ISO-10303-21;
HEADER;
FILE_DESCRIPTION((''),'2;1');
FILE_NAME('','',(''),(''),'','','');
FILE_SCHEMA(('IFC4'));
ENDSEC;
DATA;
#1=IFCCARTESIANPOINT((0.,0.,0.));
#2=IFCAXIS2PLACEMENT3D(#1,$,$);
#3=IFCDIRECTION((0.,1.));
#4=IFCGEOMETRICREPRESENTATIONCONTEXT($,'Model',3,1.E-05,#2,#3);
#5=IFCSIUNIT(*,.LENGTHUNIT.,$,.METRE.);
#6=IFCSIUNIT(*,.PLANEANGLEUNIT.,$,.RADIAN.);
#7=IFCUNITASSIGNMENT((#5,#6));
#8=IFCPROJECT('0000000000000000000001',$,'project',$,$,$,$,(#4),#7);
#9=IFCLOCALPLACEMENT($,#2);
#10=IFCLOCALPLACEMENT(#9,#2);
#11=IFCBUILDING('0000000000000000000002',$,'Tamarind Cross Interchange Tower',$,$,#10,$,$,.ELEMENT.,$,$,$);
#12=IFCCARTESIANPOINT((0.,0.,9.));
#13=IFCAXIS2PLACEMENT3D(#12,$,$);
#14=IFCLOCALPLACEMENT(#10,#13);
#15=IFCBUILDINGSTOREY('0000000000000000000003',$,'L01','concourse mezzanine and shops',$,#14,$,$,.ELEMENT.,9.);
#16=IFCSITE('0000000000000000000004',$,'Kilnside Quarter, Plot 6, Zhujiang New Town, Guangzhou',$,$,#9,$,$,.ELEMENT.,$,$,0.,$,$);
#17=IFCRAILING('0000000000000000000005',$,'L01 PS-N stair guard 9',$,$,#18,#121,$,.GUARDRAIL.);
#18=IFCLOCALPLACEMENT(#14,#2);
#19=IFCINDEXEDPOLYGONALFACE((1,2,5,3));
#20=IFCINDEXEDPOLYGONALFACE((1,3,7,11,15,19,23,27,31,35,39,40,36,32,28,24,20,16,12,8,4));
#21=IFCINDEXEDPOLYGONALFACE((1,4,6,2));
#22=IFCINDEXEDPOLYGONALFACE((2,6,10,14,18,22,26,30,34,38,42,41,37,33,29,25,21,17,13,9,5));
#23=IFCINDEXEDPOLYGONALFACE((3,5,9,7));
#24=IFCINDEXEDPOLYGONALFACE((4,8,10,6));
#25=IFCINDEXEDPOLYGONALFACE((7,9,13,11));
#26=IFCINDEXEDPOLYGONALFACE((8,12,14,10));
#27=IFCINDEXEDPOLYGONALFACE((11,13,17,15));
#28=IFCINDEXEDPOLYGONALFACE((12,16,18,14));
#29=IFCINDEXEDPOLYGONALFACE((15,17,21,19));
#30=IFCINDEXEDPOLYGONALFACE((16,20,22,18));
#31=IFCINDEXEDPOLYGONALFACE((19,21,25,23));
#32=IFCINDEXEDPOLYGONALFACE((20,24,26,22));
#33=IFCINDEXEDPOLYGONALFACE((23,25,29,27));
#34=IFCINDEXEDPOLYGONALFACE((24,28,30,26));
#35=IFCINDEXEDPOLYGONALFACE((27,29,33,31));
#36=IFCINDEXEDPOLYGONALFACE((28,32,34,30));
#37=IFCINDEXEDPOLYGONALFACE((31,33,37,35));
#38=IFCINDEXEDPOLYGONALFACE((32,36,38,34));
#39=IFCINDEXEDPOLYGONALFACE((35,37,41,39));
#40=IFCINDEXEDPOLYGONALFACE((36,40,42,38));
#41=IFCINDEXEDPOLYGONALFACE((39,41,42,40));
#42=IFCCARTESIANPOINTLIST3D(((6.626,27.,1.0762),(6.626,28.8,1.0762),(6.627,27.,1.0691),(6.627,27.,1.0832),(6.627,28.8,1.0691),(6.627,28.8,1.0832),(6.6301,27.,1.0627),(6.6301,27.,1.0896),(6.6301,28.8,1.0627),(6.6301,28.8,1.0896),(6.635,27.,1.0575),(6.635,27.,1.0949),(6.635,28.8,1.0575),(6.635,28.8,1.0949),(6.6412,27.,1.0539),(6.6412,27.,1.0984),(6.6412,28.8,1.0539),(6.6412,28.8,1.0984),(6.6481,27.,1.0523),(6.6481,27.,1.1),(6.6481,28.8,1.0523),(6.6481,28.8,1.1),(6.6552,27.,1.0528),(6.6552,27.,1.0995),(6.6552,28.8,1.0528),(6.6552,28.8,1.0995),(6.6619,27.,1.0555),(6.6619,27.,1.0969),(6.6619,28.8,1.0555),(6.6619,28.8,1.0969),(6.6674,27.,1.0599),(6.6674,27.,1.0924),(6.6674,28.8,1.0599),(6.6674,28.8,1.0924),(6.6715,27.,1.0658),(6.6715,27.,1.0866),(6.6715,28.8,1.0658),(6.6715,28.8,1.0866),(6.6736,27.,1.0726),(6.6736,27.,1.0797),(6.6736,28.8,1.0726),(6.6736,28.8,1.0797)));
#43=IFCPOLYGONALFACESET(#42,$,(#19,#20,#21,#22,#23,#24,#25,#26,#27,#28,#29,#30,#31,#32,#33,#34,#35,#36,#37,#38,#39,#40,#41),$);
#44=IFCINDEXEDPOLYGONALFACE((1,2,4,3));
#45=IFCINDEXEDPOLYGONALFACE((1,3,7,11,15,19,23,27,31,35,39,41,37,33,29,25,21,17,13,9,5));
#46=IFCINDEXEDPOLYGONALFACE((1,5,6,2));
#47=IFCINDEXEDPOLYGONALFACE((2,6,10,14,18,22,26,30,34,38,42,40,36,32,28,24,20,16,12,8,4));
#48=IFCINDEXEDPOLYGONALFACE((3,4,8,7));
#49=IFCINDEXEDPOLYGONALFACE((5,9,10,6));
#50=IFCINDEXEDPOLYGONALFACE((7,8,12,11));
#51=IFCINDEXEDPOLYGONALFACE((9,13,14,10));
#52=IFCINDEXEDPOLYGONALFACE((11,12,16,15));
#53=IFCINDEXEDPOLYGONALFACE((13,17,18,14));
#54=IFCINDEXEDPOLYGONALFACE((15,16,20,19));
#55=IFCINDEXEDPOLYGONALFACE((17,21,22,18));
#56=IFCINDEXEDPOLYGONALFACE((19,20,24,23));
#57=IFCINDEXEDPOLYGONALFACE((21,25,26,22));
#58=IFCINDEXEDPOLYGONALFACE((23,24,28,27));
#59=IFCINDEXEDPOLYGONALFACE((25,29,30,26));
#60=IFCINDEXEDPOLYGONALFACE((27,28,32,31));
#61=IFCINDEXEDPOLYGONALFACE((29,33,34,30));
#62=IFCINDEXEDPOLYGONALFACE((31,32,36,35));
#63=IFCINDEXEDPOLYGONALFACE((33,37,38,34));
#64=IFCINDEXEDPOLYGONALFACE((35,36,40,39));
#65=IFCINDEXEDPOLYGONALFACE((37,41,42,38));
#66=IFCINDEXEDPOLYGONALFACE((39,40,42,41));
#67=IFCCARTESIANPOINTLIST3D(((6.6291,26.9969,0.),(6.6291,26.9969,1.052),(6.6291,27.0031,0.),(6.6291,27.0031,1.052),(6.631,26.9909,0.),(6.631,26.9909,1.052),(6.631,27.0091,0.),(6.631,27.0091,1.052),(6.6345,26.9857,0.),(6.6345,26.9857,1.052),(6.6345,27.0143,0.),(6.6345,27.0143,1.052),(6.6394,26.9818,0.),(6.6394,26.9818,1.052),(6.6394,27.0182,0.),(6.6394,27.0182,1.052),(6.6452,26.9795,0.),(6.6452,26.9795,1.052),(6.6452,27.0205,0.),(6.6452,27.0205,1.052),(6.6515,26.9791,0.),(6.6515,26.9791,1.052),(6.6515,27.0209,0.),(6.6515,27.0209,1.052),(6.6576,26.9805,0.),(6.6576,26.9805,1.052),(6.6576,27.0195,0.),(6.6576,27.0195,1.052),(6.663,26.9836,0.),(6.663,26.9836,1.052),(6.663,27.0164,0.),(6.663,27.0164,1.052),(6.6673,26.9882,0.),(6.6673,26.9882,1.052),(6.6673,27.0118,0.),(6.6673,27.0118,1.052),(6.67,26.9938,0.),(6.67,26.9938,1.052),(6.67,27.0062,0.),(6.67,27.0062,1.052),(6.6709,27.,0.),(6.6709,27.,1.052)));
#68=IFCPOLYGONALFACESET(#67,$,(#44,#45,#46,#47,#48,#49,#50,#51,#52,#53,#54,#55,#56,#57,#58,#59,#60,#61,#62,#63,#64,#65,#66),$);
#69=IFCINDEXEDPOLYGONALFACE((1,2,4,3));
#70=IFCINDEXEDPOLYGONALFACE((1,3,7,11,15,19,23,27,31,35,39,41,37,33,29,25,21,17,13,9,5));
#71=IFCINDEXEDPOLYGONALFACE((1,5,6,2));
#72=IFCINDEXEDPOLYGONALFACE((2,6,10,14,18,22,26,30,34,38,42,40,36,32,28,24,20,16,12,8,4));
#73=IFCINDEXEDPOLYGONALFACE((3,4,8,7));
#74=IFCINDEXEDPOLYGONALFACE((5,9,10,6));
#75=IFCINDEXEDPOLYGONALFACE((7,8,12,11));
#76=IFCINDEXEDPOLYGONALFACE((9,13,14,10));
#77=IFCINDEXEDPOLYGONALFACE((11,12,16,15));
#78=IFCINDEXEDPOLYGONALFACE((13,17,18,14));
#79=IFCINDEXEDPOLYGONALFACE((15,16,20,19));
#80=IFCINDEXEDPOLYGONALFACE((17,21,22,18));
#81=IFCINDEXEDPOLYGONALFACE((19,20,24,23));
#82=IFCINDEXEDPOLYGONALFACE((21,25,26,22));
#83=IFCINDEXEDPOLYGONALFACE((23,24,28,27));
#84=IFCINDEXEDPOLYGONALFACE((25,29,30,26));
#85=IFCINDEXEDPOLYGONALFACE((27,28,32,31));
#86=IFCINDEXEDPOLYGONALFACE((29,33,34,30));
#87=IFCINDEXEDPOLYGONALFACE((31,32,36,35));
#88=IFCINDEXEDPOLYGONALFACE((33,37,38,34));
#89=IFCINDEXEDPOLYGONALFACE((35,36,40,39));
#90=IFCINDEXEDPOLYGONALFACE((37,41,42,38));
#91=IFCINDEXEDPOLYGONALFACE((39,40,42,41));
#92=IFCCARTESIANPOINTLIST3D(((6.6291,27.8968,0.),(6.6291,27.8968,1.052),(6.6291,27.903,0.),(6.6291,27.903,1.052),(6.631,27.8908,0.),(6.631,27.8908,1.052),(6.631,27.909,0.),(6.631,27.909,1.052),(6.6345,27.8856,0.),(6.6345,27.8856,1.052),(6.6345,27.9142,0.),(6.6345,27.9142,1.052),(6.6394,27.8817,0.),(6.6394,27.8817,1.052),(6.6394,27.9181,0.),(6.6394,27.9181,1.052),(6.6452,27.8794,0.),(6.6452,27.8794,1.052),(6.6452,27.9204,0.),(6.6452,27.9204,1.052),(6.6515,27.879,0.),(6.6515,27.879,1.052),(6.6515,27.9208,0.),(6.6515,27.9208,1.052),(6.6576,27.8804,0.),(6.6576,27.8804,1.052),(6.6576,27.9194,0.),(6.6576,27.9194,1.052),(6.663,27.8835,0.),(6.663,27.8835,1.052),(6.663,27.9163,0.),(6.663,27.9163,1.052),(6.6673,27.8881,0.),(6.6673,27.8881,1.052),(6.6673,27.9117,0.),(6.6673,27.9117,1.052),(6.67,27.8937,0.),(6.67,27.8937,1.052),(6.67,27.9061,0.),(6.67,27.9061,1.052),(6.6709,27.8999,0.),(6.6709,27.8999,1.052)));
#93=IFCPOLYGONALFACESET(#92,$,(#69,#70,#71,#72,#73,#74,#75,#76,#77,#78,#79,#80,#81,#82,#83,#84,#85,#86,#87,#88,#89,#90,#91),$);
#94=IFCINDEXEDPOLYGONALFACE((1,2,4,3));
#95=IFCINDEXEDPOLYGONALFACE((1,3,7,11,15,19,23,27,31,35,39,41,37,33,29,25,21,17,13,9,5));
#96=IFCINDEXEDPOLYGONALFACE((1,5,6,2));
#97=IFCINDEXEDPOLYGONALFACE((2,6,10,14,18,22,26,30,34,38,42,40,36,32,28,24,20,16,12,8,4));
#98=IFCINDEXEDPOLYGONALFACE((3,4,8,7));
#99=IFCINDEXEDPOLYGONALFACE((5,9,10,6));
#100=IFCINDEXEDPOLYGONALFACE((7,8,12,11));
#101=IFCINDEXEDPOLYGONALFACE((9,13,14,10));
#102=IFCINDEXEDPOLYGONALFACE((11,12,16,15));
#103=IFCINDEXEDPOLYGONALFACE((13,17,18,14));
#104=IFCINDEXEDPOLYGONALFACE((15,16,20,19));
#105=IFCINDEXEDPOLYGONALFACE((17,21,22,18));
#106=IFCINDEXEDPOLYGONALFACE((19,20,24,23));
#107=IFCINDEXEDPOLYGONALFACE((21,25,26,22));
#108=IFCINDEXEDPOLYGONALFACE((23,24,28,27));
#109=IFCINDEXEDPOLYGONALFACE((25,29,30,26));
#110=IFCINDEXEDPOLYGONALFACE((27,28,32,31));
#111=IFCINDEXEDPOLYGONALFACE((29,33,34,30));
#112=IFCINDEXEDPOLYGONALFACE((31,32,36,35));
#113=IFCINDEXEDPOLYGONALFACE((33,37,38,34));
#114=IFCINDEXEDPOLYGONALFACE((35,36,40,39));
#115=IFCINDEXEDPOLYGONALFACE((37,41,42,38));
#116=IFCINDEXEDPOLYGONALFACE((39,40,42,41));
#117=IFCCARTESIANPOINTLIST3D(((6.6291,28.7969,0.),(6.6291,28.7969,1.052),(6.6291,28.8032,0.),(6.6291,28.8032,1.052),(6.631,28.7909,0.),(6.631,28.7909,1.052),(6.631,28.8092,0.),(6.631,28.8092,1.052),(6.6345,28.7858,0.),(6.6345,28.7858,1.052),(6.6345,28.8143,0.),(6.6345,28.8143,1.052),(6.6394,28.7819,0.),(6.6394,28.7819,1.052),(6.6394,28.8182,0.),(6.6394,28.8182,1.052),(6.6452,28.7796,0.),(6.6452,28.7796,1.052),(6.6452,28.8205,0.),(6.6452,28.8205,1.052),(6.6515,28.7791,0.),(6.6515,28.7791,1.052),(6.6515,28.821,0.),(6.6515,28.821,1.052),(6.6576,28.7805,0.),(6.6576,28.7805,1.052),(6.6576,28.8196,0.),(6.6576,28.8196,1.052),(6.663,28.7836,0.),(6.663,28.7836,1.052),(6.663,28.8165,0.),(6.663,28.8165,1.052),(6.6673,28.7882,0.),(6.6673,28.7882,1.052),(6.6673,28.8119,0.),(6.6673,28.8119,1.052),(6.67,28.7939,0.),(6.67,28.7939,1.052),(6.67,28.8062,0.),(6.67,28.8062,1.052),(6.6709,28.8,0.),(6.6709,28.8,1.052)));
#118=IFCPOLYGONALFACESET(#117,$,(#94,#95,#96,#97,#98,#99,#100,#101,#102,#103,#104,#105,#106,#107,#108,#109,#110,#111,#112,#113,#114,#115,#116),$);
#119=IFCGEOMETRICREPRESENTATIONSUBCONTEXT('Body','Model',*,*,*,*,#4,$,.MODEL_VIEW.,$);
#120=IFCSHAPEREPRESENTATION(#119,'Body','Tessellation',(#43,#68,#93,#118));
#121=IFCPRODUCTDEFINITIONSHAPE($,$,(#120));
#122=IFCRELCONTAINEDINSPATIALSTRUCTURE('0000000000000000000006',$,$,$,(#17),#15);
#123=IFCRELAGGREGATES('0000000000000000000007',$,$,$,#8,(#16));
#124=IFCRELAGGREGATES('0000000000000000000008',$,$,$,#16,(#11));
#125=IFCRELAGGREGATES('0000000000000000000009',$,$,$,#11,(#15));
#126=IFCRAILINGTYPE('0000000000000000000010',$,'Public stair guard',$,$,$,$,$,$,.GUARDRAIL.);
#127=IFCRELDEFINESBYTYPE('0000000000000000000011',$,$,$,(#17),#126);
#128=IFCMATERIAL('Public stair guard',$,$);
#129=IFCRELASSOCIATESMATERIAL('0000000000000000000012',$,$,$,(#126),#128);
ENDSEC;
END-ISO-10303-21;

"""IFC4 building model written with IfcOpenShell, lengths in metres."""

from ifc_helpers import new_model, si_unit, direction, frame, origin, origin_2d, place, context, subcontext, project, spatial, circle, extrude, material, type_object, element, save


model = new_model("IFC4")

# Units and contexts
model_context = context("Model", 3, precision=1e-05, world=origin(), true_north=direction((0.0, 1.0)))
body_context = subcontext(model_context, "Body", "Model", "MODEL_VIEW")
ifc_project = project(units=[si_unit("LENGTHUNIT", "METRE"), si_unit("PLANEANGLEUNIT", "RADIAN")], contexts=[model_context])

# Site, building, storey
site_placement = place(None, origin())
site = spatial("IfcSite", under=ifc_project, at=site_placement, Name="Kilnside Quarter, Plot 6, Zhujiang New Town, Guangzhou", CompositionType="ELEMENT", RefElevation=0.0)
building_placement = place(site_placement, origin())
building = spatial("IfcBuilding", under=site, at=building_placement, Name="Tamarind Cross Interchange Tower", CompositionType="ELEMENT")
storey_placement = place(building_placement, frame((0.0, 0.0, 9.0)))
storey = spatial("IfcBuildingStorey", under=building, at=storey_placement, Name="L01", Description="concourse mezzanine and shops", CompositionType="ELEMENT", Elevation=9.0)

# Railing
ifc_material_1 = material(Name="Public stair guard")
railing_type_1 = type_object("IfcRailingType", Name="Public stair guard", PredefinedType="GUARDRAIL", material=ifc_material_1)
for number, where, name in (
    (1, (6.6499, 27.0, 0.0), "L01 PS-N stair guard 9"),
):
    element("IfcRailing", number, at=place(storey_placement, frame(where)), inside=storey, type_object=railing_type_1, Name=name, PredefinedType="GUARDRAIL", context=body_context, shape_type="SweptSolid", body=[
        extrude(circle(Radius=0.0239, at=origin_2d()), frame((0.0, 0.0, 1.0762), z_axis=(0.0, 1.0, 0.0), x_axis=(-1.0, 0.0, 0.0)), (0.0, 0.0, 1.0), 1.8),
        extrude(circle(Radius=0.021, at=origin_2d()), origin(), (0.0, 0.0, 1.0), 1.052),
        extrude(circle(Radius=0.021, at=origin_2d()), frame((0.0, 0.8999, 0.0)), (0.0, 0.0, 1.0), 1.052),
        extrude(circle(Radius=0.021, at=origin_2d()), frame((0.0, 1.8, 0.0)), (0.0, 0.0, 1.0), 1.052),
    ])

save(model, "model.ifc")
